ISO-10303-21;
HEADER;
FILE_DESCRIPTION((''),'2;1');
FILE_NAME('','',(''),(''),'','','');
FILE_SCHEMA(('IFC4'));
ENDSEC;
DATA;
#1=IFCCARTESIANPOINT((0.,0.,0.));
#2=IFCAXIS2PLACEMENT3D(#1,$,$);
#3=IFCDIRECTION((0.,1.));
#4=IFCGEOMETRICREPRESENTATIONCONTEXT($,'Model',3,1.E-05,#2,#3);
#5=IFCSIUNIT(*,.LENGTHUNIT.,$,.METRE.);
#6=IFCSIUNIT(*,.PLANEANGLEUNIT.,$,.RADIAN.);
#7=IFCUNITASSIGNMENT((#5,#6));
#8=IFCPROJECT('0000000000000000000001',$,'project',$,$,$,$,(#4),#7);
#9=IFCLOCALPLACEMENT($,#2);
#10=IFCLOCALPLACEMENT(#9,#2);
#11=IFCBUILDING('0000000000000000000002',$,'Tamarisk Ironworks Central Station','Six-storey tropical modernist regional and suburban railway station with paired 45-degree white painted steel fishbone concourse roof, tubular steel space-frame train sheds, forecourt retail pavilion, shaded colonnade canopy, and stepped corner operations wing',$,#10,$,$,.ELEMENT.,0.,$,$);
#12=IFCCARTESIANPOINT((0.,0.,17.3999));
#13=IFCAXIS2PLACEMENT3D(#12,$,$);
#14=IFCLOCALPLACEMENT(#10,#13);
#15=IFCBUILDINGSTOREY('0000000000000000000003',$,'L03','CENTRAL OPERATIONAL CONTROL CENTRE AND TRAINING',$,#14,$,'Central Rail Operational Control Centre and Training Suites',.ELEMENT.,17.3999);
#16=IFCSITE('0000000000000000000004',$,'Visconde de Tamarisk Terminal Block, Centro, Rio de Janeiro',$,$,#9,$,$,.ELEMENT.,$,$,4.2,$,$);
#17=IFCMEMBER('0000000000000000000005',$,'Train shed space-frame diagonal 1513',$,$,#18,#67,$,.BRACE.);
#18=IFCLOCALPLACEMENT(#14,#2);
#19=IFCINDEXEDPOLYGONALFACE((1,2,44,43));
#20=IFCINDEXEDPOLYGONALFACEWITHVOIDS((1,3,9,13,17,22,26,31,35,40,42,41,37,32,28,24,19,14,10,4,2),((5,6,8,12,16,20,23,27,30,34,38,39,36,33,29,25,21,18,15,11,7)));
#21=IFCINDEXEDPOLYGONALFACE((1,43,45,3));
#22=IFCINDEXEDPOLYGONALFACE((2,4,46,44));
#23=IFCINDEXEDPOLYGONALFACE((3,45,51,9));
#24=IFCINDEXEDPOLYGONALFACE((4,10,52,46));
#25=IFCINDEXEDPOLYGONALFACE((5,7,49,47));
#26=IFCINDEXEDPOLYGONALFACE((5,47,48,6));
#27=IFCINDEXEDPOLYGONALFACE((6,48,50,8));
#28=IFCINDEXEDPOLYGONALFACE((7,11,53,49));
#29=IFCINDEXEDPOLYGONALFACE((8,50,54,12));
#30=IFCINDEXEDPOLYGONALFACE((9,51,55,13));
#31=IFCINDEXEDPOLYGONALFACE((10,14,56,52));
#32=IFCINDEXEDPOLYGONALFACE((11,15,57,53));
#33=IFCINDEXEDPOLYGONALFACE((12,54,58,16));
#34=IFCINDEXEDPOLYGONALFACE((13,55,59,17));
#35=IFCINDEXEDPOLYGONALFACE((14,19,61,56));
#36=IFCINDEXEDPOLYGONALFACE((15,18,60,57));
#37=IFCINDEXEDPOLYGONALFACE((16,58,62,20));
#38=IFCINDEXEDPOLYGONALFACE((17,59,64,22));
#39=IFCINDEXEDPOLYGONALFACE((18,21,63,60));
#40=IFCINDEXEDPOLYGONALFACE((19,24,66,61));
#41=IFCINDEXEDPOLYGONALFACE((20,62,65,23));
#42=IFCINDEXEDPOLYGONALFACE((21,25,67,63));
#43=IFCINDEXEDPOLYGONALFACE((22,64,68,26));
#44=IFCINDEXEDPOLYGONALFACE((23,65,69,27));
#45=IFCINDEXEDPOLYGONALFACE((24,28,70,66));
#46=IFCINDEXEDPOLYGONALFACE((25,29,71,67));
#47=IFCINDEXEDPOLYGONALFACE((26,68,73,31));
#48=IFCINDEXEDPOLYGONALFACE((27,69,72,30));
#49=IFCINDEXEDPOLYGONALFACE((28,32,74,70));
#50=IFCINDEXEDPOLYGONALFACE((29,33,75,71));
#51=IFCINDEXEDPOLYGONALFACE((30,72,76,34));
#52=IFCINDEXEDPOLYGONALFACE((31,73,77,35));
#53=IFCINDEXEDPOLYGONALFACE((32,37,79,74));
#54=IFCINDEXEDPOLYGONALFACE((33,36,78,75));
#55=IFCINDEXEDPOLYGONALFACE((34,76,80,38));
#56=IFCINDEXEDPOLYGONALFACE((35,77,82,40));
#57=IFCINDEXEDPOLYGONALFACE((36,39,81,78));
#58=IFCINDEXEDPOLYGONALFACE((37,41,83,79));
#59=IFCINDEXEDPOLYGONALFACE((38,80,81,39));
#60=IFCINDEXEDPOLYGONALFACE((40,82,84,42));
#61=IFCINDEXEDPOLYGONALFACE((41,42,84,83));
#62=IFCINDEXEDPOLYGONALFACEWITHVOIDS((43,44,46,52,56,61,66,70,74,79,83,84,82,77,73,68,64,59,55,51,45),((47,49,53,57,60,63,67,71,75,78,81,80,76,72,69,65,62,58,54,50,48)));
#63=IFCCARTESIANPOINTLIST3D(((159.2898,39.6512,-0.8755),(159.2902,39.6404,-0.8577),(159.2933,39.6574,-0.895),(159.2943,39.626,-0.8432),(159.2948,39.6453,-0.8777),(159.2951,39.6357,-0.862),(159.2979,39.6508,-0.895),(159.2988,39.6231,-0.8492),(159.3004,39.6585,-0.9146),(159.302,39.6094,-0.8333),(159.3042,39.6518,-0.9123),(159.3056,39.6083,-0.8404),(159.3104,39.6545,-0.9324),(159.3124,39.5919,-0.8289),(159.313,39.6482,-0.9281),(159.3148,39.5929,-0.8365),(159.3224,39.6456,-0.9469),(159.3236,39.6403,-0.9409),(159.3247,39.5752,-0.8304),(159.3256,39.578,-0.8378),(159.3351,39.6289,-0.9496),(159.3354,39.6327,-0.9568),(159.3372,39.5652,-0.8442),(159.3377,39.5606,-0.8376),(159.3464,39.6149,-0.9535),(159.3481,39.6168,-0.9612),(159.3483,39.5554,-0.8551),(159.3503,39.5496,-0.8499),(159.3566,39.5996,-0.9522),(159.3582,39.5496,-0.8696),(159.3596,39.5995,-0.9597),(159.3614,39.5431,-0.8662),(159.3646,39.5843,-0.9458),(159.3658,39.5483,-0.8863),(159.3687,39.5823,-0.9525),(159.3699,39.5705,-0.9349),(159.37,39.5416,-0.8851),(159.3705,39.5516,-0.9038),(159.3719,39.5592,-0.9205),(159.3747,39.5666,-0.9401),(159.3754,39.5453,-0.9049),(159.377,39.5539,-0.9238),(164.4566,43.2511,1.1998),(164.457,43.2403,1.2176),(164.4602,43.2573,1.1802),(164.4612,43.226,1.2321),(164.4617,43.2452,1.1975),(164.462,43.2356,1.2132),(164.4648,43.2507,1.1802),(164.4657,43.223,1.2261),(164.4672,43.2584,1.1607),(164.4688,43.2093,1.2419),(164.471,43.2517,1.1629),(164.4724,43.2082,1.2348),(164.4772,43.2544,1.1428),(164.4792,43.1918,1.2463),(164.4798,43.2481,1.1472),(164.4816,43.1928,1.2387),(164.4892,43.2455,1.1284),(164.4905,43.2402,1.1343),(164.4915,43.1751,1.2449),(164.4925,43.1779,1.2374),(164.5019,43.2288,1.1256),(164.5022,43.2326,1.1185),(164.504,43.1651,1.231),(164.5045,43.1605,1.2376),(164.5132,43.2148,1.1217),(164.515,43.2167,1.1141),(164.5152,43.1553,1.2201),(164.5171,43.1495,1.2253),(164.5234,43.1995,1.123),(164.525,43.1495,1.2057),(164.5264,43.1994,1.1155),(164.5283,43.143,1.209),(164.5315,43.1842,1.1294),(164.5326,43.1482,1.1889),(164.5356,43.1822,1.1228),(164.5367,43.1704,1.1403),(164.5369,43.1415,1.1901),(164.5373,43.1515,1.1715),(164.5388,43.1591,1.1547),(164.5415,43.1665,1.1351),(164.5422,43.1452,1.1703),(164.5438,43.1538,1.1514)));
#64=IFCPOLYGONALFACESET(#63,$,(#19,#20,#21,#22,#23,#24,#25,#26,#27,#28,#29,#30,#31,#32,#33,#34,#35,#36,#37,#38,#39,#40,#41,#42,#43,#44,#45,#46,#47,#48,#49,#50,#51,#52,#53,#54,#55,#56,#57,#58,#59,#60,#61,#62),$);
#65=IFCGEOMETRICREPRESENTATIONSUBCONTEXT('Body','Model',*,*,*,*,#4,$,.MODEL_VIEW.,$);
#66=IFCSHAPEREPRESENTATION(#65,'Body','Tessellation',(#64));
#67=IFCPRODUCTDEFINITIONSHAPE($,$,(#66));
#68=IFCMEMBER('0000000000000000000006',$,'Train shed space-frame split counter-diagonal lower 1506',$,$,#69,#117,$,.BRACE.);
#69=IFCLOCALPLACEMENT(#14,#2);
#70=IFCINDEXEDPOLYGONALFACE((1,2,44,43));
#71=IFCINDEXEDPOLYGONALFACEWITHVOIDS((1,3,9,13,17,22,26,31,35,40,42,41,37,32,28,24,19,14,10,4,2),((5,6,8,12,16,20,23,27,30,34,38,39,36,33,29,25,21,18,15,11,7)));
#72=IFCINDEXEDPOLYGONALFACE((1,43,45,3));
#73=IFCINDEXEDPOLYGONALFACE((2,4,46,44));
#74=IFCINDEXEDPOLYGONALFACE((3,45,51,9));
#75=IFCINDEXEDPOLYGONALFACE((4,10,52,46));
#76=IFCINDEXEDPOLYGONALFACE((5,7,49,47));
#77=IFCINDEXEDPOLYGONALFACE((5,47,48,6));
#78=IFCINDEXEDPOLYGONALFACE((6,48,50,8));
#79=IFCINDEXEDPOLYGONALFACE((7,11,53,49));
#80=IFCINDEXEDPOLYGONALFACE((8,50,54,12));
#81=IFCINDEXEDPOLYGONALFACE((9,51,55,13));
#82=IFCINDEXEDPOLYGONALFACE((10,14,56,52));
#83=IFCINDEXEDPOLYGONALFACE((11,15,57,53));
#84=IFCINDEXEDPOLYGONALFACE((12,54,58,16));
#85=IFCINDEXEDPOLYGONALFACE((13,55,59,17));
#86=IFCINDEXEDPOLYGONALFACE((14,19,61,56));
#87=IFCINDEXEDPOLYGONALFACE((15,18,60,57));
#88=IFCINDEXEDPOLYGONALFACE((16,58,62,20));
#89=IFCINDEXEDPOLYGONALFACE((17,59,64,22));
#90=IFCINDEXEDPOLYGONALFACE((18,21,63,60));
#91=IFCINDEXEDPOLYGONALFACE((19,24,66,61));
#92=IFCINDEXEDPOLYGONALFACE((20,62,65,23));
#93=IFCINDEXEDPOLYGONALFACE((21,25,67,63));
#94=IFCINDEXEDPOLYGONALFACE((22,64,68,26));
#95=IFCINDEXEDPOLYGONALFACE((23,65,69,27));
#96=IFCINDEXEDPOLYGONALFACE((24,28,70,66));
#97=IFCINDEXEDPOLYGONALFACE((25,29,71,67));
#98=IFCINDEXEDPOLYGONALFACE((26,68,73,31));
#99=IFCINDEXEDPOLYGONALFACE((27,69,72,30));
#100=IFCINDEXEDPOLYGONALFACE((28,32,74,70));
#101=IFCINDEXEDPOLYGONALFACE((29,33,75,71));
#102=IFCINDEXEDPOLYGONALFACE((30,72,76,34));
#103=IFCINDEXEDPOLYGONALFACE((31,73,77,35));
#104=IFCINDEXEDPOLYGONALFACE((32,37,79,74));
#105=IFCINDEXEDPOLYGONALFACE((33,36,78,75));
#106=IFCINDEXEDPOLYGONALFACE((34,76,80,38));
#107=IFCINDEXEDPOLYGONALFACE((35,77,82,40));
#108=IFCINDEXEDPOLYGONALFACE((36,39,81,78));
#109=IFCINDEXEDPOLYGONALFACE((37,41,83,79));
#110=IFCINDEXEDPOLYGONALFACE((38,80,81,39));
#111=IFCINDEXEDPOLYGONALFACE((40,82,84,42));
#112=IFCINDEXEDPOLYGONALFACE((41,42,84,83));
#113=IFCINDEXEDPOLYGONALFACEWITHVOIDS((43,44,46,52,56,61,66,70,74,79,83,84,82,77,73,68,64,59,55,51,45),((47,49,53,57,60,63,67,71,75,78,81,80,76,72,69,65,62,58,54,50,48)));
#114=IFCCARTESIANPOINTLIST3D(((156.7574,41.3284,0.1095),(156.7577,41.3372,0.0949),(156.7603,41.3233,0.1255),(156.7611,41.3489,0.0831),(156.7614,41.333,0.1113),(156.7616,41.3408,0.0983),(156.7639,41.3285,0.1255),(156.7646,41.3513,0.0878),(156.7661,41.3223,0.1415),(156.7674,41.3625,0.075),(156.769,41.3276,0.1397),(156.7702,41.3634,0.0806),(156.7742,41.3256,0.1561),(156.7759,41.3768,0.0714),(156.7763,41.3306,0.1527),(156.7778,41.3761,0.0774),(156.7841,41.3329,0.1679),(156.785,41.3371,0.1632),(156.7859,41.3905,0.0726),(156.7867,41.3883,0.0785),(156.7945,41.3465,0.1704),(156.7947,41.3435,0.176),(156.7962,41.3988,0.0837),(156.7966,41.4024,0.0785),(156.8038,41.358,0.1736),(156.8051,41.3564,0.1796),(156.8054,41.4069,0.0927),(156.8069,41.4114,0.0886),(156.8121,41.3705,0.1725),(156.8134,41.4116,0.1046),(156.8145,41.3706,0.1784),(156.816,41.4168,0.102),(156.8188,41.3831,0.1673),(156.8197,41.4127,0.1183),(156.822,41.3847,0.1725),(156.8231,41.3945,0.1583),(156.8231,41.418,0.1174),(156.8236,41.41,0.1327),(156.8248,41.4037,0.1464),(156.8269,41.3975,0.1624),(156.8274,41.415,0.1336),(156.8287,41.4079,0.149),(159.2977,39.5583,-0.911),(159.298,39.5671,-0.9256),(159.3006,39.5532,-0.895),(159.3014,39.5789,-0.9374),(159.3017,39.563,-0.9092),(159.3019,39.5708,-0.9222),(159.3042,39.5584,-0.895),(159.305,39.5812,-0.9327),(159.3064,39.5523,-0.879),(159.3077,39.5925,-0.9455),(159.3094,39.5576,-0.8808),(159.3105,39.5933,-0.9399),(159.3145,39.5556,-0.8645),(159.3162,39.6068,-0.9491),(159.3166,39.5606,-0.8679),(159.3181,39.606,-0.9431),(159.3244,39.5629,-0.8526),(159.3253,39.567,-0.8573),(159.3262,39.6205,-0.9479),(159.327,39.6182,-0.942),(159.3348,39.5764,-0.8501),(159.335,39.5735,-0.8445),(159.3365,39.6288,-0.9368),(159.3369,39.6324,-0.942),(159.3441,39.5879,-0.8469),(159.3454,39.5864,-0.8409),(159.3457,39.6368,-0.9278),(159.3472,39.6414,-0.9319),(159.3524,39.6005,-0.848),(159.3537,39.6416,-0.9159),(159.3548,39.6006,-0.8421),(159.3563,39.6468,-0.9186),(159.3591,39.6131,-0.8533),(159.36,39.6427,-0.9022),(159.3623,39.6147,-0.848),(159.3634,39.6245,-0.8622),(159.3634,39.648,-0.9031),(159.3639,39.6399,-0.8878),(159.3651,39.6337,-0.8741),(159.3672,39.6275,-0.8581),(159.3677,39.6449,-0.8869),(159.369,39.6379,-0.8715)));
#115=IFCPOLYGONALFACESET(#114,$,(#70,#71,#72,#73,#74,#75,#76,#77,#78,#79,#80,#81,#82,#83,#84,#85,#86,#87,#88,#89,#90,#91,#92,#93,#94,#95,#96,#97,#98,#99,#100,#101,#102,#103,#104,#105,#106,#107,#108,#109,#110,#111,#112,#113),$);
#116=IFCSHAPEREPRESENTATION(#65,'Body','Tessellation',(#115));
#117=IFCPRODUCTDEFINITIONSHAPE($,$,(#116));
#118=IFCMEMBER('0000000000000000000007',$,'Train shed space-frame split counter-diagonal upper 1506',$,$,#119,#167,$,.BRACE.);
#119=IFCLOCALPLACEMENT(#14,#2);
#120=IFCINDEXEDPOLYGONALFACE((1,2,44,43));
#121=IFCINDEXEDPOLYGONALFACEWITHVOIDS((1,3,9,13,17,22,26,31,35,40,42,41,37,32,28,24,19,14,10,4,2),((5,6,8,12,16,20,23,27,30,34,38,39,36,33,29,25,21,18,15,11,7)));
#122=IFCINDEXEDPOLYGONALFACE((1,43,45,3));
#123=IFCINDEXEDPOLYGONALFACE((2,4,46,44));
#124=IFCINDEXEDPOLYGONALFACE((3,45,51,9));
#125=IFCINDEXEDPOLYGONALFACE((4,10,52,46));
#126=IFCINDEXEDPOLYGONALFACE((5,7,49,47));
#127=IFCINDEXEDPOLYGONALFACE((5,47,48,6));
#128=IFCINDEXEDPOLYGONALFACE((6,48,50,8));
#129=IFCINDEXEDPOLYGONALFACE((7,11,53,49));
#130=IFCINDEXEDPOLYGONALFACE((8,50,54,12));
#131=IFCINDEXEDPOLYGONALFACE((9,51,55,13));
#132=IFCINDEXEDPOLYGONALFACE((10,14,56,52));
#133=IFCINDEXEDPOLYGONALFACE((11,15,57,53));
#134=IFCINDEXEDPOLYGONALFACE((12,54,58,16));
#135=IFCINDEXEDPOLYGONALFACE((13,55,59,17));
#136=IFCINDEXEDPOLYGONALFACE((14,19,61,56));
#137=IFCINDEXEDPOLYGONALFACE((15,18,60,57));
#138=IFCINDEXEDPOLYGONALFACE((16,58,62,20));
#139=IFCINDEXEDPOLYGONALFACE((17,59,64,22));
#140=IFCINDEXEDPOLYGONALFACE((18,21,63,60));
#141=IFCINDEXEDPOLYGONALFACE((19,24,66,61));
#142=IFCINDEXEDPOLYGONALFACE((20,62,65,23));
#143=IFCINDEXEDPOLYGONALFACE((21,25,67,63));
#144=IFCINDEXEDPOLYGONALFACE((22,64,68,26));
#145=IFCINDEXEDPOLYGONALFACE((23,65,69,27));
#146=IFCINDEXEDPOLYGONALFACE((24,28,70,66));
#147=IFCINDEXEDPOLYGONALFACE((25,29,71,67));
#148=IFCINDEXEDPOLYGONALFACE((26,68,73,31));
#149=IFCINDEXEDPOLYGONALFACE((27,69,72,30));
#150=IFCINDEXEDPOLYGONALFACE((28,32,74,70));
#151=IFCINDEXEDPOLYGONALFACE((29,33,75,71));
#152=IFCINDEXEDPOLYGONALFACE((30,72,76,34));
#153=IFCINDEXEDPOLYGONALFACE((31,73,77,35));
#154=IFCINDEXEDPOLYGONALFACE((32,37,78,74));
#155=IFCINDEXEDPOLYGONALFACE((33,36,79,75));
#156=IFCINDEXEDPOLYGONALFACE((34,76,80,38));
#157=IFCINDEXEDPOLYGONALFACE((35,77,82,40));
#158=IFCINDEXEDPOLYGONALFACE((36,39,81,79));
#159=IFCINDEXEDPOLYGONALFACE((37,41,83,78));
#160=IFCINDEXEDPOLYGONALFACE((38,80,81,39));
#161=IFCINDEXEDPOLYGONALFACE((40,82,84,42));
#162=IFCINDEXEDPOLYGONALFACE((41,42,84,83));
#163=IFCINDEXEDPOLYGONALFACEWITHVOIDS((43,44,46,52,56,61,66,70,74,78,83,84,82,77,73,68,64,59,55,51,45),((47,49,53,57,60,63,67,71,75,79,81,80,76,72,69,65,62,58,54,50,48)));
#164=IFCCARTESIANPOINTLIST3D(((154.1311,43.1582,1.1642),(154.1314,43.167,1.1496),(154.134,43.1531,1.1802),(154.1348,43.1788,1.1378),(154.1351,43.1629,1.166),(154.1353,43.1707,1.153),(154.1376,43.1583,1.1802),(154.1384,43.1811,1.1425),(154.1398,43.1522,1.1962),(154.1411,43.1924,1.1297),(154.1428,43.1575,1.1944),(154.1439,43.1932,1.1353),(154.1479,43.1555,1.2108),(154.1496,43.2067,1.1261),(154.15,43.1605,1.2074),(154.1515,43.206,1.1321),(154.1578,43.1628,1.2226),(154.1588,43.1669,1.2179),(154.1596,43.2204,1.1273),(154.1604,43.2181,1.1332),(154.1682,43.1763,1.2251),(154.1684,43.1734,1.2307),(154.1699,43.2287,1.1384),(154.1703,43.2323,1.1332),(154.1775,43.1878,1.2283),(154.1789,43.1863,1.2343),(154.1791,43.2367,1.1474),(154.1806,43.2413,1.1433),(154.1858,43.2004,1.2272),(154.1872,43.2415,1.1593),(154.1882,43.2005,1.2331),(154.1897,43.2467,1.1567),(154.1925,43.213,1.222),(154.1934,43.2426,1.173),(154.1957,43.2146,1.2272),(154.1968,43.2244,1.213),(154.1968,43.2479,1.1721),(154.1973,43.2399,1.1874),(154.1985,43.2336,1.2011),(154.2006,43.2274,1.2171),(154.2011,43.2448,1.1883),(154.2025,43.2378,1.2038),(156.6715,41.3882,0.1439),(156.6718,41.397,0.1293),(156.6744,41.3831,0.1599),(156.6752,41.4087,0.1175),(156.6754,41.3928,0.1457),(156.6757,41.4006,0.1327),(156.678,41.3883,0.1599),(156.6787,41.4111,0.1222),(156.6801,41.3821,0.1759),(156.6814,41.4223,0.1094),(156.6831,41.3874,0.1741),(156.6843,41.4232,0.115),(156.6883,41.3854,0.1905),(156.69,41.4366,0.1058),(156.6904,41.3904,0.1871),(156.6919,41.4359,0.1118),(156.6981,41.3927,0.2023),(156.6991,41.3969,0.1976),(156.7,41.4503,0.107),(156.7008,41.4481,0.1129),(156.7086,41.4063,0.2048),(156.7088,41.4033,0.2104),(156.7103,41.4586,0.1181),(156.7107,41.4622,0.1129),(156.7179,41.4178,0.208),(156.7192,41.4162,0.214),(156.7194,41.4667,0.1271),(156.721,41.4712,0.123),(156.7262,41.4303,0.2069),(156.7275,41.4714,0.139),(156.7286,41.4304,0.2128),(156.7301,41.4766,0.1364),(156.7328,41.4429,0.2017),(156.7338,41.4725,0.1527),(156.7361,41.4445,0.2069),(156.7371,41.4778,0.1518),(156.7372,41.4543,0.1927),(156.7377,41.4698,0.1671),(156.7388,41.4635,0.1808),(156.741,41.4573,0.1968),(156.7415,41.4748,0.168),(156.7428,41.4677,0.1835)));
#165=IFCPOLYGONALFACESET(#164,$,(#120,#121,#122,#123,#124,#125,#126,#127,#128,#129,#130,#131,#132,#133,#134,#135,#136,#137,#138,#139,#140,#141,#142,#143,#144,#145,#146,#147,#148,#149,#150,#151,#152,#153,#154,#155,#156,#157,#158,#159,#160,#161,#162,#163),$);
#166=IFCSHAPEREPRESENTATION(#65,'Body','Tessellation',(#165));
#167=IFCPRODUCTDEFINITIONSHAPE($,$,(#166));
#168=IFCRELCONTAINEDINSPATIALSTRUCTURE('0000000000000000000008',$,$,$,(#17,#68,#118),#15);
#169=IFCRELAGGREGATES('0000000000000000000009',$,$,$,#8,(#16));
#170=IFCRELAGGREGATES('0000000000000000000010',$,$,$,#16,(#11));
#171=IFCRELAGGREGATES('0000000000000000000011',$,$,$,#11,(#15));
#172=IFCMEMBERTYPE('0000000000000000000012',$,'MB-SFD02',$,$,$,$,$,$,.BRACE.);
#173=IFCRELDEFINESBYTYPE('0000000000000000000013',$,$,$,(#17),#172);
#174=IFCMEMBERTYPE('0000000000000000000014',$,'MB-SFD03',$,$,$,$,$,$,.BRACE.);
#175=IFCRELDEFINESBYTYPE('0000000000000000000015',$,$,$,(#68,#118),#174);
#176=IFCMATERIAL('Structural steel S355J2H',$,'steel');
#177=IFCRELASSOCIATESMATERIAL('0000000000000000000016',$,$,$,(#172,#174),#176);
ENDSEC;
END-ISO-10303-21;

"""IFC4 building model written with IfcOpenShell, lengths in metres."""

from ifc_helpers import new_model, si_unit, direction, frame, origin, origin_2d, place, context, subcontext, project, spatial, hollow_circle, extrude, material, material_profile, profile_set, type_object, element, save


model = new_model("IFC4")

# Units and contexts
model_context = context("Model", 3, precision=1e-05, world=origin(), true_north=direction((0.0, 1.0)))
body_context = subcontext(model_context, "Body", "Model", "MODEL_VIEW")
ifc_project = project(units=[si_unit("LENGTHUNIT", "METRE"), si_unit("PLANEANGLEUNIT", "RADIAN")], contexts=[model_context])

# Site, building, storey
site_placement = place(None, origin())
site = spatial("IfcSite", under=ifc_project, at=site_placement, Name="Visconde de Tamarisk Terminal Block, Centro, Rio de Janeiro", CompositionType="ELEMENT", RefElevation=4.2)
building_placement = place(site_placement, origin())
building = spatial("IfcBuilding", under=site, at=building_placement, Name="Tamarisk Ironworks Central Station", Description="Six-storey tropical modernist regional and suburban railway station with paired 45-degree white painted steel fishbone concourse roof, tubular steel space-frame train sheds, forecourt retail pavilion, shaded colonnade canopy, and stepped corner operations wing", CompositionType="ELEMENT", ElevationOfRefHeight=0.0)
storey_placement = place(building_placement, frame((0.0, 0.0, 17.3999)))
storey = spatial("IfcBuildingStorey", under=building, at=storey_placement, Name="L03", Description="CENTRAL OPERATIONAL CONTROL CENTRE AND TRAINING", LongName="Central Rail Operational Control Centre and Training Suites", CompositionType="ELEMENT", Elevation=17.3999)

# Members
ifc_material = material(Name="Structural steel S355J2H", Category="steel")
ifc_material_profile_1 = material_profile(ifc_material, hollow_circle(Radius=0.0698, WallThickness=0.0081, at=origin_2d()), Name="CHS 139.7x8")
ifc_profile_set_1 = profile_set([ifc_material_profile_1], Name="Structural steel S355J2H")
member_type_1 = type_object("IfcMemberType", Name="MB-SFD02", PredefinedType="BRACE", material=ifc_profile_set_1)
member_1_placement = place(storey_placement, frame((159.3333, 39.6001, -0.895), z_axis=(0.779265, 0.542941, 0.312987), x_axis=(-0.571663, 0.820489, 0.0)))
element("IfcMember", 1, at=member_1_placement, inside=storey, type_object=member_type_1, Name="Train shed space-frame diagonal 1513", PredefinedType="BRACE", context=body_context, shape_type="SweptSolid", body=[
    extrude(hollow_circle(Radius=0.0698, WallThickness=0.0081, at=origin_2d()), origin(), (0.0, 0.0, 1.0), 6.6304),
])
ifc_material_profile_2 = material_profile(ifc_material, hollow_circle(Radius=0.0571, WallThickness=0.0063, at=origin_2d()), Name="CHS 114.3x6.3")
ifc_profile_set_2 = profile_set([ifc_material_profile_2], Name="Structural steel S355J2H")
member_type_2 = type_object("IfcMemberType", Name="MB-SFD03", PredefinedType="BRACE", material=ifc_profile_set_2)
for number, where, z_axis, x_axis, name in (
    (2, (159.3333, 39.6001, -0.895), (-0.779234, 0.542955, 0.313042), (-0.571688, -0.820471, 0.0), "Train shed space-frame split counter-diagonal lower 1506"),
    (3, (156.707, 41.4299, 0.1599), (-0.779252, 0.542967, 0.312974), (-0.571688, -0.820471, 0.0), "Train shed space-frame split counter-diagonal upper 1506"),
):
    element("IfcMember", number, at=place(storey_placement, frame(where, z_axis=z_axis, x_axis=x_axis)), inside=storey, type_object=member_type_2, Name=name, PredefinedType="BRACE", context=body_context, shape_type="SweptSolid", body=[
        extrude(hollow_circle(Radius=0.0571, WallThickness=0.0063, at=origin_2d()), origin(), (0.0, 0.0, 1.0), 3.26),
    ])

save(model, "model.ifc")
